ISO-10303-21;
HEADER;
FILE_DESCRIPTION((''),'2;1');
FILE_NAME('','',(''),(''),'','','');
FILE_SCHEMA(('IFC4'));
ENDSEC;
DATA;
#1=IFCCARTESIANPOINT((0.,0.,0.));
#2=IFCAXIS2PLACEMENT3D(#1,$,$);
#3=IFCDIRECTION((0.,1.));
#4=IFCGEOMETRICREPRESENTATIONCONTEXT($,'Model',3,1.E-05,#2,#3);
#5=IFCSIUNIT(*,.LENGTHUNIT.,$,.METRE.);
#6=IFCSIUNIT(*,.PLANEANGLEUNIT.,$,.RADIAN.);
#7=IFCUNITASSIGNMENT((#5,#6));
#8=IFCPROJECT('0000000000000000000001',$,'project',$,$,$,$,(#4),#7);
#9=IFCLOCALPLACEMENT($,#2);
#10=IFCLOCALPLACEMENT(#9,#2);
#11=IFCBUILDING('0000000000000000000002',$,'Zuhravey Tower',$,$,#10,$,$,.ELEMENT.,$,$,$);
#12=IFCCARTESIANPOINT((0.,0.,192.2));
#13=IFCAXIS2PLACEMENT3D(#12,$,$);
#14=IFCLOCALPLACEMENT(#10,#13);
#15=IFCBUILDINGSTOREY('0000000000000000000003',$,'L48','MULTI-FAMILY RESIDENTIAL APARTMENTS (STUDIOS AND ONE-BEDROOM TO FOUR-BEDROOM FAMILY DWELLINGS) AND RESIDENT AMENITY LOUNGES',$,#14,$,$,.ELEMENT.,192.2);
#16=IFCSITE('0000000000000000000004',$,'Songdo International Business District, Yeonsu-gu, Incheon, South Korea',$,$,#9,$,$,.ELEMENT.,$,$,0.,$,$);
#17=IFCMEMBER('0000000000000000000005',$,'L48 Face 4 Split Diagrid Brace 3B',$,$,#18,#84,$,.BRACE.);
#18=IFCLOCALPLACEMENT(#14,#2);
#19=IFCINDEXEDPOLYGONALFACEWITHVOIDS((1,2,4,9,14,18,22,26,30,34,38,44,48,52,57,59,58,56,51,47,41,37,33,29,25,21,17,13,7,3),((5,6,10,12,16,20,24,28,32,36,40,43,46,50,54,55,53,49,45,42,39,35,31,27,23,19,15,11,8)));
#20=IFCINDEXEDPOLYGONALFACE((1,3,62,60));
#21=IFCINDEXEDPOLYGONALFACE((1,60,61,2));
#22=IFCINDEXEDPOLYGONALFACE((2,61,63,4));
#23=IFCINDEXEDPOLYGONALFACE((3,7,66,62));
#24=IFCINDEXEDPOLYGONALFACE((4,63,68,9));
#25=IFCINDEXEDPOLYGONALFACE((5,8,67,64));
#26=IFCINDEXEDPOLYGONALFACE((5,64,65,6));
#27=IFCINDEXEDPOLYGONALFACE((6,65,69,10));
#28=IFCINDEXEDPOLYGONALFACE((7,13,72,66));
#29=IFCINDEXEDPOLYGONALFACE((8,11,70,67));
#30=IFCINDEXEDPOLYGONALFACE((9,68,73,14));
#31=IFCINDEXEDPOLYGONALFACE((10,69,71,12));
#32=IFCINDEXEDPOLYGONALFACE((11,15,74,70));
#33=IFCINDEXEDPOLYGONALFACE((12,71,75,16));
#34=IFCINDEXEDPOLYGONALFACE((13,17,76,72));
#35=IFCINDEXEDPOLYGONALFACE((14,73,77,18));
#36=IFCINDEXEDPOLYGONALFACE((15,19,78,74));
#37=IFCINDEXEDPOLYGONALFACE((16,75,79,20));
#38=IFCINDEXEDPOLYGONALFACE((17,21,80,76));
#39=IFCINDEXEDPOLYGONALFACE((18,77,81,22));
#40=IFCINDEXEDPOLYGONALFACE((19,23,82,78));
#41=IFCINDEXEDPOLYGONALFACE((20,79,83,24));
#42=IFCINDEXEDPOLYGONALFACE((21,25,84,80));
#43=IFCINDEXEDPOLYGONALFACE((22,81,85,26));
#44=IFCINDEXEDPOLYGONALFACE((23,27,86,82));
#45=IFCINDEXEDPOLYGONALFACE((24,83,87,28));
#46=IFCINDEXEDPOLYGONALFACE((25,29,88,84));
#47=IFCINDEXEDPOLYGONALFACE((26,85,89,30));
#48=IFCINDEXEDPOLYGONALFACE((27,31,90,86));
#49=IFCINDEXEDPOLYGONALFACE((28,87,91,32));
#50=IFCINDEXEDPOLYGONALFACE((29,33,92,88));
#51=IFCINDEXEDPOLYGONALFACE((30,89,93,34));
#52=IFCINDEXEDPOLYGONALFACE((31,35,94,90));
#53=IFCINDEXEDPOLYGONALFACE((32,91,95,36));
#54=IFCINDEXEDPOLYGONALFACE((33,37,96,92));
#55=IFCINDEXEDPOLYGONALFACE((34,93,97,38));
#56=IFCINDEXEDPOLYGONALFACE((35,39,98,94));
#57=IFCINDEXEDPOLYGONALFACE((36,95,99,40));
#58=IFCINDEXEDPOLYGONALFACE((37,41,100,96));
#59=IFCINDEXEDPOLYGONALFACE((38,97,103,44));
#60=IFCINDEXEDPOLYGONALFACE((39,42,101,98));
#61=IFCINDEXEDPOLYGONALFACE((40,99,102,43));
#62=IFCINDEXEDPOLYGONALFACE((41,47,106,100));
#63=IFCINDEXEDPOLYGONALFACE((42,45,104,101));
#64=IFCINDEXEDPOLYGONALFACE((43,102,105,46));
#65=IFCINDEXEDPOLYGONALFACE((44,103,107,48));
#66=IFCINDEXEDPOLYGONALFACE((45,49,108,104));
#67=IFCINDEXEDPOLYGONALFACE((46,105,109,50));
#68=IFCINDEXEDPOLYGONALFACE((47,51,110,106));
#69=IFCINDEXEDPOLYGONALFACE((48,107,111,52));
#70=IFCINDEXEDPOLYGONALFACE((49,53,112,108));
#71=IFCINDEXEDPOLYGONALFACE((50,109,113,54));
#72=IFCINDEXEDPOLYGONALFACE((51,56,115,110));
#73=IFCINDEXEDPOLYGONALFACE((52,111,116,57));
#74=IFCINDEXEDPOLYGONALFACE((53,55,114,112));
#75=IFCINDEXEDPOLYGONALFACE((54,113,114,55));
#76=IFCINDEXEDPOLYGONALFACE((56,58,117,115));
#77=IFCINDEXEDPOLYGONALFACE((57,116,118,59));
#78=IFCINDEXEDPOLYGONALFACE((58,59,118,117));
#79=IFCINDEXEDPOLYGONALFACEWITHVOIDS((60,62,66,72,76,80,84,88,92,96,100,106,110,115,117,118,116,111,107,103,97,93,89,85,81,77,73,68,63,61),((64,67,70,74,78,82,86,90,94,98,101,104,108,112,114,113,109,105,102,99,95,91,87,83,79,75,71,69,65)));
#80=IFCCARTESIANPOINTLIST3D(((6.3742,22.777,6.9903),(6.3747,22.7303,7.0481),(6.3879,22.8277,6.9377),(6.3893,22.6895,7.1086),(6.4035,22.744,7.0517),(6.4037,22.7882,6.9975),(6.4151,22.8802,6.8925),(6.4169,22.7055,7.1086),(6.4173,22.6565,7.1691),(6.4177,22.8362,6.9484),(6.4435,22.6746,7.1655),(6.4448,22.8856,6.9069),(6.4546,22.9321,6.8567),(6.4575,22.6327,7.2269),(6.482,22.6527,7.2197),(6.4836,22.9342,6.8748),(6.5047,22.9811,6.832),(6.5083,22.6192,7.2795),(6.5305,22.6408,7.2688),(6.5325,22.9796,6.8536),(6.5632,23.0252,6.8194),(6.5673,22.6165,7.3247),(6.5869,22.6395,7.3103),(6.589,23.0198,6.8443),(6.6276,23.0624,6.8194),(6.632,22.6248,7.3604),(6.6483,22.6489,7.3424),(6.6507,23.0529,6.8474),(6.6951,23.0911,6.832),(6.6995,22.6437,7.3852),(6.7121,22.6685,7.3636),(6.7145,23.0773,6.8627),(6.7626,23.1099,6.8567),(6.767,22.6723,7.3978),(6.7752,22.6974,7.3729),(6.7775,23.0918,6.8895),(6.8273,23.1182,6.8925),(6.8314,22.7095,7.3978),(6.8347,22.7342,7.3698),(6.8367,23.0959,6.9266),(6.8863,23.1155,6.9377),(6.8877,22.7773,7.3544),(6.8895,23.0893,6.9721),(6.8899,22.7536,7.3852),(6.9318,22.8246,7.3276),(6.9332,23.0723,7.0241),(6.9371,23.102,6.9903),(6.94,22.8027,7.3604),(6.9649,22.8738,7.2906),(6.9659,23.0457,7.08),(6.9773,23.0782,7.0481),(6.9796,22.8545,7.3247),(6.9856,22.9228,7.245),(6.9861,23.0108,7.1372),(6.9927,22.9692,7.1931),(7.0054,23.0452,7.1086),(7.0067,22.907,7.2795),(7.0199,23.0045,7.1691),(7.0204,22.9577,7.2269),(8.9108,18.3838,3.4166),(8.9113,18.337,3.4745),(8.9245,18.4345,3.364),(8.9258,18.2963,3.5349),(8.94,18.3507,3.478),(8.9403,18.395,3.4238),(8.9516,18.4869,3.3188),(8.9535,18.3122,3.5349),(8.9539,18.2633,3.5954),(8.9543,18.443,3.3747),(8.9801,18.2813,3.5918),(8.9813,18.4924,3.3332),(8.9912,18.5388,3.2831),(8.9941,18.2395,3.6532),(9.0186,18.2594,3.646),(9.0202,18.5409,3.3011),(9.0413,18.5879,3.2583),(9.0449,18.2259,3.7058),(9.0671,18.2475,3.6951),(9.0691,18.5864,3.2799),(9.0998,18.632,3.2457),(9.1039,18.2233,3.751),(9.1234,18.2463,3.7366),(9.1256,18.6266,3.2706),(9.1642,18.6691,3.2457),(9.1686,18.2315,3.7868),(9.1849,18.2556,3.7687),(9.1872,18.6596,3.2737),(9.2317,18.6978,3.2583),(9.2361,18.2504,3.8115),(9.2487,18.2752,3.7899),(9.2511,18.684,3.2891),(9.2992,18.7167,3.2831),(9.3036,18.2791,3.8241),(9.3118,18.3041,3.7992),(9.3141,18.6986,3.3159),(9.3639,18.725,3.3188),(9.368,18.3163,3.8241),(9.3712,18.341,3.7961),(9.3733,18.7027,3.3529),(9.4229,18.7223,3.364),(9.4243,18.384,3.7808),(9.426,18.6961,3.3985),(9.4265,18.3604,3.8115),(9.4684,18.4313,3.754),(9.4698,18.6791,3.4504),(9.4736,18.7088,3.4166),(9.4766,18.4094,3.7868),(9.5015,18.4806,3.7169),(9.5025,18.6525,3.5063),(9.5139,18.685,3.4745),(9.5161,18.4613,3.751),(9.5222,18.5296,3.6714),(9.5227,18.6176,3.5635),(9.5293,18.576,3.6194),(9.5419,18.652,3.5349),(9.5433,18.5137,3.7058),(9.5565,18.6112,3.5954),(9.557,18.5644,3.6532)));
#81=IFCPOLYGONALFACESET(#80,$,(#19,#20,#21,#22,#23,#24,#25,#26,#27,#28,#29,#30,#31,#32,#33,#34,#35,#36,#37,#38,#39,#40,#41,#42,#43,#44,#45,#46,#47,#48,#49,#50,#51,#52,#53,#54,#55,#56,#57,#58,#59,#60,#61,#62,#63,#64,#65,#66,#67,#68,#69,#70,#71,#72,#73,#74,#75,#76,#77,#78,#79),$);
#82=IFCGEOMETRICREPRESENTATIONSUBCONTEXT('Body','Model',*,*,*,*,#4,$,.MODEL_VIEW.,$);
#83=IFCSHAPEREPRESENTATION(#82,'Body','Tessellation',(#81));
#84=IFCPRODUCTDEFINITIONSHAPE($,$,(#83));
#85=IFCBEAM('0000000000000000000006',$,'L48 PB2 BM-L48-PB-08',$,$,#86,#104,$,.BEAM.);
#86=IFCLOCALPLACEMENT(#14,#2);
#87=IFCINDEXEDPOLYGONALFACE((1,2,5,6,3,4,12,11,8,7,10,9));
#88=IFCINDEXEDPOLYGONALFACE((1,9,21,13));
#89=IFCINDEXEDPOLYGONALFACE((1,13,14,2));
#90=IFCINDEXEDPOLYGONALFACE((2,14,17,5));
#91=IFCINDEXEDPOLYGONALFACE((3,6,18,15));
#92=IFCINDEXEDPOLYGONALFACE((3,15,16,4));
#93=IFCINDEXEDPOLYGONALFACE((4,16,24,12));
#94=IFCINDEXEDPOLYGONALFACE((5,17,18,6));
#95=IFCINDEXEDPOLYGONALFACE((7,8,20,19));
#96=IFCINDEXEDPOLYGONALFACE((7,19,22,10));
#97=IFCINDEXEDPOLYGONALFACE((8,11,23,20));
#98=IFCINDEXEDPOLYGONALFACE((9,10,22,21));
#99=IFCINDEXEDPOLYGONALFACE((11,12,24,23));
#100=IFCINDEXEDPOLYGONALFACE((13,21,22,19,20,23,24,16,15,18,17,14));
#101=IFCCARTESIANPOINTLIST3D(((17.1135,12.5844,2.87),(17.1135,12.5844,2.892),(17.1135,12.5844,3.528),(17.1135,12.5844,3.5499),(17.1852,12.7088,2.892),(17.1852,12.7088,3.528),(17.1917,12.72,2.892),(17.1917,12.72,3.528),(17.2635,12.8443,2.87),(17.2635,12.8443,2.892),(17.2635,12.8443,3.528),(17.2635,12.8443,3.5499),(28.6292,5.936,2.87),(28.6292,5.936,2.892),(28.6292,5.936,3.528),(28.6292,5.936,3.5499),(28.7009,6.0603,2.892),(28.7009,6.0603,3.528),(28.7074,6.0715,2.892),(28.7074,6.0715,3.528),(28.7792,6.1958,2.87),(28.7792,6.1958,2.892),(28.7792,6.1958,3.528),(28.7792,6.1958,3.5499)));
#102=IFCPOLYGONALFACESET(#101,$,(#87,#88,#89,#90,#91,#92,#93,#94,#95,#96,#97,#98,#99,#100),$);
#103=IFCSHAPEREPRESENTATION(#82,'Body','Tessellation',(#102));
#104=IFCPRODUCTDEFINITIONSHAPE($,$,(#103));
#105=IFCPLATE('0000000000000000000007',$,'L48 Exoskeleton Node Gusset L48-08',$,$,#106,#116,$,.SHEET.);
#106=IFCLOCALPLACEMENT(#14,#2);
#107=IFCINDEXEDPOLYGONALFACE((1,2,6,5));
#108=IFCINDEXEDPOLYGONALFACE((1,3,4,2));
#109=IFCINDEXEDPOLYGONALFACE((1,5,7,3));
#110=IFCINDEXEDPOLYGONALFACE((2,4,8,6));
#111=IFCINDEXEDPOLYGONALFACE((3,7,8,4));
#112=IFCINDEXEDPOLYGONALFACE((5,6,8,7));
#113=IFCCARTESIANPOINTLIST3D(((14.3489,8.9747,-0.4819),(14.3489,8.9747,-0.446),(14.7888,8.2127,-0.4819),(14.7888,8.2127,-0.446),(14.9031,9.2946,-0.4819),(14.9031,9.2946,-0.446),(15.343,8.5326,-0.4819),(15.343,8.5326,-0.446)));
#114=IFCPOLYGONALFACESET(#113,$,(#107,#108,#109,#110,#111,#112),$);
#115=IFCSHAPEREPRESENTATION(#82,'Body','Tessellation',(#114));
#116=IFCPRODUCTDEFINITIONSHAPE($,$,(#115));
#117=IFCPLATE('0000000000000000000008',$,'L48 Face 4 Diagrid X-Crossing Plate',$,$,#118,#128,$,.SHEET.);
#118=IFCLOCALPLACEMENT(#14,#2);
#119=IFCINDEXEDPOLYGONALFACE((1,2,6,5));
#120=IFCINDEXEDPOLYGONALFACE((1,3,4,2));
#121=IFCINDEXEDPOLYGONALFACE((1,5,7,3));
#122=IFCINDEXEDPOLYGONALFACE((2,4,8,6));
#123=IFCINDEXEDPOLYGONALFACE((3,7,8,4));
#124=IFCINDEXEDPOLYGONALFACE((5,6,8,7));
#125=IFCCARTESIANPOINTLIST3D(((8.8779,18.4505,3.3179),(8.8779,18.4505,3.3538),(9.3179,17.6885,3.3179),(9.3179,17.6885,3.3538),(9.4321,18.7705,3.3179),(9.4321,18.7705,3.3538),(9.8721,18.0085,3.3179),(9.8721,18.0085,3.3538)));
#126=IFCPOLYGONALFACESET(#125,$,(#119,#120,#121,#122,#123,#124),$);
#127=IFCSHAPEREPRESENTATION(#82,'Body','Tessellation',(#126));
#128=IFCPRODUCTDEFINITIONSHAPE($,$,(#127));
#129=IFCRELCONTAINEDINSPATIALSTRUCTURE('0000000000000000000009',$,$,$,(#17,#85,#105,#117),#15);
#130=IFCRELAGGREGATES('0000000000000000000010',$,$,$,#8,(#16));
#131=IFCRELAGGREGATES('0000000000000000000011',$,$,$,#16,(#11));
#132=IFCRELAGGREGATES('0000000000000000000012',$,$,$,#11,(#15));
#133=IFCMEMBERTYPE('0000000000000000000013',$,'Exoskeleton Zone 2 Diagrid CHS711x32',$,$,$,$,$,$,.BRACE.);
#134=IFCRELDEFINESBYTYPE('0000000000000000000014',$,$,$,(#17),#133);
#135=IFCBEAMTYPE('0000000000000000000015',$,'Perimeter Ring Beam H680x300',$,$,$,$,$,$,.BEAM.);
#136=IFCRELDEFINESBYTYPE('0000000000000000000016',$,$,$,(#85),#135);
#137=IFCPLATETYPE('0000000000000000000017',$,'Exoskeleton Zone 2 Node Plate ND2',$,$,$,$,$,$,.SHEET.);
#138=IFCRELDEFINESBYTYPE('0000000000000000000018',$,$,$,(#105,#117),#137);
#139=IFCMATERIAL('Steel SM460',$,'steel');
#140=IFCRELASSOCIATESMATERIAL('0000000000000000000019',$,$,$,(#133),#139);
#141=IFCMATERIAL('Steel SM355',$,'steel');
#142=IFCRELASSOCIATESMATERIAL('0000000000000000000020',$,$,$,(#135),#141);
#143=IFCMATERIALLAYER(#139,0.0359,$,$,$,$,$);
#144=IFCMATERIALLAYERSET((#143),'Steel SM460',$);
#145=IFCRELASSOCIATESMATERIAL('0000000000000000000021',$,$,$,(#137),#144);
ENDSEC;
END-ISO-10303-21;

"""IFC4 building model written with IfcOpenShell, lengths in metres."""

from ifc_helpers import new_model, si_unit, direction, frame, origin, origin_2d, place, context, subcontext, project, spatial, rectangle, hollow_circle, i_section, extrude, material, layer, layer_set, material_profile, profile_set, type_object, element, save


model = new_model("IFC4")

# Units and contexts
model_context = context("Model", 3, precision=1e-05, world=origin(), true_north=direction((0.0, 1.0)))
body_context = subcontext(model_context, "Body", "Model", "MODEL_VIEW")
ifc_project = project(units=[si_unit("LENGTHUNIT", "METRE"), si_unit("PLANEANGLEUNIT", "RADIAN")], contexts=[model_context])

# Site, building, storey
site_placement = place(None, origin())
site = spatial("IfcSite", under=ifc_project, at=site_placement, Name="Songdo International Business District, Yeonsu-gu, Incheon, South Korea", CompositionType="ELEMENT", RefElevation=0.0)
building_placement = place(site_placement, origin())
building = spatial("IfcBuilding", under=site, at=building_placement, Name="Zuhravey Tower", CompositionType="ELEMENT")
storey_placement = place(building_placement, frame((0.0, 0.0, 192.2)))
storey = spatial("IfcBuildingStorey", under=building, at=storey_placement, Name="L48", Description="MULTI-FAMILY RESIDENTIAL APARTMENTS (STUDIOS AND ONE-BEDROOM TO FOUR-BEDROOM FAMILY DWELLINGS) AND RESIDENT AMENITY LOUNGES", CompositionType="ELEMENT", Elevation=192.2)

# Member
ifc_material_1 = material(Name="Steel SM460", Category="steel")
ifc_material_profile_1 = material_profile(ifc_material_1, hollow_circle(Radius=0.3557, WallThickness=0.032, at=origin_2d()), Name="CHS-711.2x32")
ifc_profile_set_1 = profile_set([ifc_material_profile_1], Name="Steel SM460")
member_type_1 = type_object("IfcMemberType", Name="Exoskeleton Zone 2 Diagrid CHS711x32", PredefinedType="BRACE", material=ifc_profile_set_1)
member_1_placement = place(storey_placement, frame((9.2339, 18.4741, 3.5349), z_axis=(-0.408775, 0.70798, 0.575905), x_axis=(-0.866013, -0.500021, 0.0)))
element("IfcMember", 1, at=member_1_placement, inside=storey, type_object=member_type_1, Name="L48 Face 4 Split Diagrid Brace 3B", PredefinedType="BRACE", context=body_context, shape_type="SweptSolid", body=[
    extrude(hollow_circle(Radius=0.3557, WallThickness=0.032, at=origin_2d()), origin(), (0.0, 0.0, 1.0), 6.2053),
])

# Beam
ifc_material_2 = material(Name="Steel SM355", Category="steel")
ifc_material_profile_2 = material_profile(ifc_material_2, i_section(OverallWidth=0.3, OverallDepth=0.6799, WebThickness=0.0129, FlangeThickness=0.022, at=origin_2d()), Name="H-680x300x13x22")
ifc_profile_set_2 = profile_set([ifc_material_profile_2], Name="Steel SM355")
beam_type = type_object("IfcBeamType", Name="Perimeter Ring Beam H680x300", PredefinedType="BEAM", material=ifc_profile_set_2)
beam_placement = place(storey_placement, frame((17.1885, 12.7144, 3.21), z_axis=(0.866029, -0.499994, 0.0), x_axis=(0.499994, 0.866029, 0.0)))
element("IfcBeam", 2, at=beam_placement, inside=storey, type_object=beam_type, Name="L48 PB2 BM-L48-PB-08", PredefinedType="BEAM", context=body_context, shape_type="SweptSolid", body=[
    extrude(i_section(OverallWidth=0.3, OverallDepth=0.6799, WebThickness=0.0129, FlangeThickness=0.022, at=origin_2d()), origin(), (0.0, 0.0, 1.0), 13.2971),
])

# Plates
ifc_layer_1 = layer(ifc_material_1, 0.0359)
ifc_layer_set_1 = layer_set([ifc_layer_1], Name="Steel SM460")
plate_type_1 = type_object("IfcPlateType", Name="Exoskeleton Zone 2 Node Plate ND2", PredefinedType="SHEET", material=ifc_layer_set_1)
for number, where, z_axis, x_axis, name in (
    (3, (14.8459, 8.7537, -0.4819), (0.0, 0.0, 1.0), (0.5, -0.866025, 0.0), "L48 Exoskeleton Node Gusset L48-08"),
    (4, (9.375, 18.2295, 3.3179), (0.0, 0.0, 1.0), (0.5, -0.866025, 0.0), "L48 Face 4 Diagrid X-Crossing Plate"),
):
    element("IfcPlate", number, at=place(storey_placement, frame(where, z_axis=z_axis, x_axis=x_axis)), inside=storey, type_object=plate_type_1, Name=name, PredefinedType="SHEET", context=body_context, shape_type="SweptSolid", body=[
        extrude(rectangle(XDim=0.8799, YDim=0.6399, at=origin_2d()), origin(), (0.0, 0.0, 1.0), 0.0359),
    ])

save(model, "model.ifc")
